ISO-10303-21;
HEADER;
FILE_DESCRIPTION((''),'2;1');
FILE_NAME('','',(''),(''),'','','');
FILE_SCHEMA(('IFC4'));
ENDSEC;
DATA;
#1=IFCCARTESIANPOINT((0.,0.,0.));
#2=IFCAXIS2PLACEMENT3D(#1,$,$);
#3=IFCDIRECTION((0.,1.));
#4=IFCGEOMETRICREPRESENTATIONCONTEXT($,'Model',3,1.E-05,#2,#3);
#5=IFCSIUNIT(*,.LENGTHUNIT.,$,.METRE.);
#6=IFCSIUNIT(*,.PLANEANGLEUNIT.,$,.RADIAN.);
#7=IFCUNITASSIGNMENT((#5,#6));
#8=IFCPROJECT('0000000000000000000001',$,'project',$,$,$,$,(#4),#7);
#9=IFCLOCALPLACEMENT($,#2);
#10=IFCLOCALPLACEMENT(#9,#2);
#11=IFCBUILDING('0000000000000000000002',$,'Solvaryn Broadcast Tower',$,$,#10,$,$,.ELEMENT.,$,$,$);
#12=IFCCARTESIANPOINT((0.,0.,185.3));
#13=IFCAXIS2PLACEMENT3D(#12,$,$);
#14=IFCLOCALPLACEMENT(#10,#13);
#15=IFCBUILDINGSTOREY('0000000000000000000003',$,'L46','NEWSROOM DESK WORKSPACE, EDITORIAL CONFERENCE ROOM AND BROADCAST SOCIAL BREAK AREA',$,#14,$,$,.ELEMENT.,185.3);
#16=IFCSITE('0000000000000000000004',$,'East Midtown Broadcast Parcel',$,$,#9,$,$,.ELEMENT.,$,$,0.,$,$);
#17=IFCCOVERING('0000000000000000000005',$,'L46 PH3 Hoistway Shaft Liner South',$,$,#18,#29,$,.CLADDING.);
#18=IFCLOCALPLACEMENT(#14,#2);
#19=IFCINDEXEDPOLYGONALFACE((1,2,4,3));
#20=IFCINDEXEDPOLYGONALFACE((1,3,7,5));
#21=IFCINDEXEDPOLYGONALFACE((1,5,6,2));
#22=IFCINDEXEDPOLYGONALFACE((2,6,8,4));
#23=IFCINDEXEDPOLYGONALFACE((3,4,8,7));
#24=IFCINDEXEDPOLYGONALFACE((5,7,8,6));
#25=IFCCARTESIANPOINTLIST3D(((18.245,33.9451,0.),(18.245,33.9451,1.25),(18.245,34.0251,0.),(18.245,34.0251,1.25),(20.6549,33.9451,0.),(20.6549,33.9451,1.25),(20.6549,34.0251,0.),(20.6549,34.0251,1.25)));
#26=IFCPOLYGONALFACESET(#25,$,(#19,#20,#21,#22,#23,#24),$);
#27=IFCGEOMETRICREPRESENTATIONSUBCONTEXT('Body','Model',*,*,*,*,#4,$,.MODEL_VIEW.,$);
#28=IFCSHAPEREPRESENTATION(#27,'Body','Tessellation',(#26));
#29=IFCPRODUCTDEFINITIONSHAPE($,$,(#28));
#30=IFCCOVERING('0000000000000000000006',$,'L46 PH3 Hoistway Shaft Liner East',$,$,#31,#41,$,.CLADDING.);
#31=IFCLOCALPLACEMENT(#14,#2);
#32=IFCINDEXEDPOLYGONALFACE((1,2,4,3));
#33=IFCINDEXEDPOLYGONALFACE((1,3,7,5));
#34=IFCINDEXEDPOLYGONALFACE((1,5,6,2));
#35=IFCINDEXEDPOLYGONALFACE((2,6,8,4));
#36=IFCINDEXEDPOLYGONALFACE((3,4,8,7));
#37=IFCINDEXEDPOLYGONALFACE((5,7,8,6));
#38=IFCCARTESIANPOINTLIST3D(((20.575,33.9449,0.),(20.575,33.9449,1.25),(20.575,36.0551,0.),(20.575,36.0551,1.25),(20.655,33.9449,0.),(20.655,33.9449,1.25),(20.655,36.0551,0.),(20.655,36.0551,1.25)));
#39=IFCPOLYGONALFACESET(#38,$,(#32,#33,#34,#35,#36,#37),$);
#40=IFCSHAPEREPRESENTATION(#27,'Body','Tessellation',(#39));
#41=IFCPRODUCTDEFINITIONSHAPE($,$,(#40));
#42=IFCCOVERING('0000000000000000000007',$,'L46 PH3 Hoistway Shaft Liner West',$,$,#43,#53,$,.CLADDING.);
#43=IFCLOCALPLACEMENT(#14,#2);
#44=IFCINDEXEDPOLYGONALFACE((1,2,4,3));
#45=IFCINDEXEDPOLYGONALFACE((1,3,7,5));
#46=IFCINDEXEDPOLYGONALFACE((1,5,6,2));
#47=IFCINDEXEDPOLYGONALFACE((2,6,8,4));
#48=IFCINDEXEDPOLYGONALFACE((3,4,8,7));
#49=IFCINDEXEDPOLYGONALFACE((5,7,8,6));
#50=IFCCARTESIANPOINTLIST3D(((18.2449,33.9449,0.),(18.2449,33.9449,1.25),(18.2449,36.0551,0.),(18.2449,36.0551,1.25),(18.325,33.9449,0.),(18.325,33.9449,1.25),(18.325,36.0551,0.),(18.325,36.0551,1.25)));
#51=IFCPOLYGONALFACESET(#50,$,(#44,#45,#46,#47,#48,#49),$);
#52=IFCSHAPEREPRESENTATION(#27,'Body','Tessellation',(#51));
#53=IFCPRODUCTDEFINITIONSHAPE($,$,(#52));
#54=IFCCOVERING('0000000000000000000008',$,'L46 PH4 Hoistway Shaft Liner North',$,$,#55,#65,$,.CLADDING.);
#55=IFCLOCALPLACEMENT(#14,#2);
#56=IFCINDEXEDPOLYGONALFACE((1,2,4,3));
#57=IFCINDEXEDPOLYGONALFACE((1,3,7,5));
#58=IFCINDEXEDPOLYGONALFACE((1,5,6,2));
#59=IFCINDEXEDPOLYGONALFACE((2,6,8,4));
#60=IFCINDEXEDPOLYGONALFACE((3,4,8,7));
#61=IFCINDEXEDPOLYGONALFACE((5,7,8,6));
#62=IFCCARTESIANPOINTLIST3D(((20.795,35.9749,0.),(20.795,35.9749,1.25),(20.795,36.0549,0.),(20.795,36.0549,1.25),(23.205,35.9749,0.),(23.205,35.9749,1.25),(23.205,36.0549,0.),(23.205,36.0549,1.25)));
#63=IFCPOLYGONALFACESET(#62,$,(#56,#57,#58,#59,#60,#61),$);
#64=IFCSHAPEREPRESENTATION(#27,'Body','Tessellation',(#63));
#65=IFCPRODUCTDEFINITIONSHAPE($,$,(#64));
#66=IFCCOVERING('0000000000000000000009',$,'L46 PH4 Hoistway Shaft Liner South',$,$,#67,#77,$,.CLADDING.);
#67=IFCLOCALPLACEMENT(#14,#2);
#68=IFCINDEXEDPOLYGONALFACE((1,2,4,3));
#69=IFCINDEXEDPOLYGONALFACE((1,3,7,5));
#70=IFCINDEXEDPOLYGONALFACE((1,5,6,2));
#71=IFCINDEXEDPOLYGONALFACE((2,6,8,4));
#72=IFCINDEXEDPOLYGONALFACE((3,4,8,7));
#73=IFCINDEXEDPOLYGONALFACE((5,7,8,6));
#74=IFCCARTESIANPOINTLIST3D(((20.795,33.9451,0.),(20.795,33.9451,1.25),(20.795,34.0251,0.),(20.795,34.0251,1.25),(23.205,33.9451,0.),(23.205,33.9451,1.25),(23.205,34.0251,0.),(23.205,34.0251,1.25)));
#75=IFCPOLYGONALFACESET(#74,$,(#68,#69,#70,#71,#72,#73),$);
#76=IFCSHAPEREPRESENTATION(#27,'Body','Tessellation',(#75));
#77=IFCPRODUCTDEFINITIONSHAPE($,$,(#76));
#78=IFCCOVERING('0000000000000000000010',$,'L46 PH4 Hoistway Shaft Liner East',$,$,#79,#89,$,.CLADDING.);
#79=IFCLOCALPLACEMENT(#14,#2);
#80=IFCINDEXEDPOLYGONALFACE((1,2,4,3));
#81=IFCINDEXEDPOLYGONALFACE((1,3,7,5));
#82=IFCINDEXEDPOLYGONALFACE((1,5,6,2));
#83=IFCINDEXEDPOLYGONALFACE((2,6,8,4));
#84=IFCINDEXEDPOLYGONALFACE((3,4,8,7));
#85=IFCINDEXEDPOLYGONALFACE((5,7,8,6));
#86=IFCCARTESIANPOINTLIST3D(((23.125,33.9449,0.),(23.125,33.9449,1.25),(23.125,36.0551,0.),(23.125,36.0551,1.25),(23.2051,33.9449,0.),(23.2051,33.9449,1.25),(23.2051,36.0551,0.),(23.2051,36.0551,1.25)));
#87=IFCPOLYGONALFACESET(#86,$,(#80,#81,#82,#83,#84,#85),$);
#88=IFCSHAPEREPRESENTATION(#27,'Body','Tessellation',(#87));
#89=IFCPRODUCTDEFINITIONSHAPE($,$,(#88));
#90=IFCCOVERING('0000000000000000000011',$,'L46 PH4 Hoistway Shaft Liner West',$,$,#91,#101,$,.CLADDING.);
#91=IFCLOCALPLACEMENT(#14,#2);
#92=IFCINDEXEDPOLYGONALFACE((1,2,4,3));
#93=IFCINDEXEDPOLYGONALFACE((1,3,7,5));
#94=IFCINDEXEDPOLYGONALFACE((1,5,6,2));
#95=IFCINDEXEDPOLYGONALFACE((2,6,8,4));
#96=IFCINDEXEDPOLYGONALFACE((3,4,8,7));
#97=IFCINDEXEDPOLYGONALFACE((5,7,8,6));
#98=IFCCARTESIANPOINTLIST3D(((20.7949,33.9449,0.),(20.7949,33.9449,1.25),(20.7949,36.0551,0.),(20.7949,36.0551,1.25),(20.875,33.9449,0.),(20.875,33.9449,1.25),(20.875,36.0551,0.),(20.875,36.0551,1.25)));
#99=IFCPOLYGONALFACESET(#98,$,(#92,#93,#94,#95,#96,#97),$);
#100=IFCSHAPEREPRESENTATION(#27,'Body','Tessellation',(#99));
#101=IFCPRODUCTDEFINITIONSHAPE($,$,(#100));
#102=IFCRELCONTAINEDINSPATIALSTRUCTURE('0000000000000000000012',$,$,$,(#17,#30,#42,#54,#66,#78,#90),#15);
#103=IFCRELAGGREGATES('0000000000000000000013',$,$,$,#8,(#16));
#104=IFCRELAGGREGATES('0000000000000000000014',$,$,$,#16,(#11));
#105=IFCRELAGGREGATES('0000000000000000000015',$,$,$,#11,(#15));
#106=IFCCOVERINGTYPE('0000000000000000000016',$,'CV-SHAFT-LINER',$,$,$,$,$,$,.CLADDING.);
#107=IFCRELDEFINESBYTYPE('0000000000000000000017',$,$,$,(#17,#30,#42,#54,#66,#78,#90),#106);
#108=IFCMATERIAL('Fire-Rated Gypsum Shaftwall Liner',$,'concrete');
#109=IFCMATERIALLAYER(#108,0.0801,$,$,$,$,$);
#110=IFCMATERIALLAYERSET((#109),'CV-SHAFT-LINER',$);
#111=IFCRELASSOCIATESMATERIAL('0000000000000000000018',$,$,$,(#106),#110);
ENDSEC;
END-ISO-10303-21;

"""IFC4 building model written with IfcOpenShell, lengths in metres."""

from ifc_helpers import new_model, si_unit, direction, frame, origin, origin_2d, place, context, subcontext, project, spatial, rectangle, extrude, material, layer, layer_set, type_object, element, save


model = new_model("IFC4")

# Units and contexts
model_context = context("Model", 3, precision=1e-05, world=origin(), true_north=direction((0.0, 1.0)))
body_context = subcontext(model_context, "Body", "Model", "MODEL_VIEW")
ifc_project = project(units=[si_unit("LENGTHUNIT", "METRE"), si_unit("PLANEANGLEUNIT", "RADIAN")], contexts=[model_context])

# Site, building, storey
site_placement = place(None, origin())
site = spatial("IfcSite", under=ifc_project, at=site_placement, Name="East Midtown Broadcast Parcel", CompositionType="ELEMENT", RefElevation=0.0)
building_placement = place(site_placement, origin())
building = spatial("IfcBuilding", under=site, at=building_placement, Name="Solvaryn Broadcast Tower", CompositionType="ELEMENT")
storey_placement = place(building_placement, frame((0.0, 0.0, 185.3)))
storey = spatial("IfcBuildingStorey", under=building, at=storey_placement, Name="L46", Description="NEWSROOM DESK WORKSPACE, EDITORIAL CONFERENCE ROOM AND BROADCAST SOCIAL BREAK AREA", CompositionType="ELEMENT", Elevation=185.3)

# Coverings
ifc_material_1 = material(Name="Fire-Rated Gypsum Shaftwall Liner", Category="concrete")
ifc_layer_1 = layer(ifc_material_1, 0.0801)
ifc_layer_set_1 = layer_set([ifc_layer_1], Name="CV-SHAFT-LINER")
covering_type = type_object("IfcCoveringType", Name="CV-SHAFT-LINER", PredefinedType="CLADDING", material=ifc_layer_set_1)
for number, where, z_axis, x_axis, name in (
    (1, (19.45, 33.9851, 0.0), (0.0, 0.0, 1.0), (1.0, 0.0, 0.0), "L46 PH3 Hoistway Shaft Liner South"),
):
    element("IfcCovering", number, at=place(storey_placement, frame(where, z_axis=z_axis, x_axis=x_axis)), inside=storey, type_object=covering_type, Name=name, PredefinedType="CLADDING", context=body_context, shape_type="SweptSolid", body=[
        extrude(rectangle(XDim=2.4099, YDim=0.0801, at=origin_2d()), origin(), (0.0, 0.0, 1.0), 1.25),
    ])
for number, where, z_axis, x_axis, name in (
    (2, (20.615, 35.0, 0.0), (0.0, 0.0, 1.0), (1.0, 0.0, 0.0), "L46 PH3 Hoistway Shaft Liner East"),
    (3, (18.2849, 35.0, 0.0), (0.0, 0.0, 1.0), (1.0, 0.0, 0.0), "L46 PH3 Hoistway Shaft Liner West"),
):
    element("IfcCovering", number, at=place(storey_placement, frame(where, z_axis=z_axis, x_axis=x_axis)), inside=storey, type_object=covering_type, Name=name, PredefinedType="CLADDING", context=body_context, shape_type="SweptSolid", body=[
        extrude(rectangle(XDim=0.0801, YDim=2.1101, at=origin_2d()), origin(), (0.0, 0.0, 1.0), 1.25),
    ])
for number, where, z_axis, x_axis, name in (
    (4, (22.0, 36.0149, 0.0), (0.0, 0.0, 1.0), (1.0, 0.0, 0.0), "L46 PH4 Hoistway Shaft Liner North"),
    (5, (22.0, 33.9851, 0.0), (0.0, 0.0, 1.0), (1.0, 0.0, 0.0), "L46 PH4 Hoistway Shaft Liner South"),
):
    element("IfcCovering", number, at=place(storey_placement, frame(where, z_axis=z_axis, x_axis=x_axis)), inside=storey, type_object=covering_type, Name=name, PredefinedType="CLADDING", context=body_context, shape_type="SweptSolid", body=[
        extrude(rectangle(XDim=2.4099, YDim=0.0801, at=origin_2d()), origin(), (0.0, 0.0, 1.0), 1.25),
    ])
for number, where, z_axis, x_axis, name in (
    (6, (23.165, 35.0, 0.0), (0.0, 0.0, 1.0), (1.0, 0.0, 0.0), "L46 PH4 Hoistway Shaft Liner East"),
    (7, (20.835, 35.0, 0.0), (0.0, 0.0, 1.0), (1.0, 0.0, 0.0), "L46 PH4 Hoistway Shaft Liner West"),
):
    element("IfcCovering", number, at=place(storey_placement, frame(where, z_axis=z_axis, x_axis=x_axis)), inside=storey, type_object=covering_type, Name=name, PredefinedType="CLADDING", context=body_context, shape_type="SweptSolid", body=[
        extrude(rectangle(XDim=0.0801, YDim=2.1101, at=origin_2d()), origin(), (0.0, 0.0, 1.0), 1.25),
    ])

save(model, "model.ifc")
